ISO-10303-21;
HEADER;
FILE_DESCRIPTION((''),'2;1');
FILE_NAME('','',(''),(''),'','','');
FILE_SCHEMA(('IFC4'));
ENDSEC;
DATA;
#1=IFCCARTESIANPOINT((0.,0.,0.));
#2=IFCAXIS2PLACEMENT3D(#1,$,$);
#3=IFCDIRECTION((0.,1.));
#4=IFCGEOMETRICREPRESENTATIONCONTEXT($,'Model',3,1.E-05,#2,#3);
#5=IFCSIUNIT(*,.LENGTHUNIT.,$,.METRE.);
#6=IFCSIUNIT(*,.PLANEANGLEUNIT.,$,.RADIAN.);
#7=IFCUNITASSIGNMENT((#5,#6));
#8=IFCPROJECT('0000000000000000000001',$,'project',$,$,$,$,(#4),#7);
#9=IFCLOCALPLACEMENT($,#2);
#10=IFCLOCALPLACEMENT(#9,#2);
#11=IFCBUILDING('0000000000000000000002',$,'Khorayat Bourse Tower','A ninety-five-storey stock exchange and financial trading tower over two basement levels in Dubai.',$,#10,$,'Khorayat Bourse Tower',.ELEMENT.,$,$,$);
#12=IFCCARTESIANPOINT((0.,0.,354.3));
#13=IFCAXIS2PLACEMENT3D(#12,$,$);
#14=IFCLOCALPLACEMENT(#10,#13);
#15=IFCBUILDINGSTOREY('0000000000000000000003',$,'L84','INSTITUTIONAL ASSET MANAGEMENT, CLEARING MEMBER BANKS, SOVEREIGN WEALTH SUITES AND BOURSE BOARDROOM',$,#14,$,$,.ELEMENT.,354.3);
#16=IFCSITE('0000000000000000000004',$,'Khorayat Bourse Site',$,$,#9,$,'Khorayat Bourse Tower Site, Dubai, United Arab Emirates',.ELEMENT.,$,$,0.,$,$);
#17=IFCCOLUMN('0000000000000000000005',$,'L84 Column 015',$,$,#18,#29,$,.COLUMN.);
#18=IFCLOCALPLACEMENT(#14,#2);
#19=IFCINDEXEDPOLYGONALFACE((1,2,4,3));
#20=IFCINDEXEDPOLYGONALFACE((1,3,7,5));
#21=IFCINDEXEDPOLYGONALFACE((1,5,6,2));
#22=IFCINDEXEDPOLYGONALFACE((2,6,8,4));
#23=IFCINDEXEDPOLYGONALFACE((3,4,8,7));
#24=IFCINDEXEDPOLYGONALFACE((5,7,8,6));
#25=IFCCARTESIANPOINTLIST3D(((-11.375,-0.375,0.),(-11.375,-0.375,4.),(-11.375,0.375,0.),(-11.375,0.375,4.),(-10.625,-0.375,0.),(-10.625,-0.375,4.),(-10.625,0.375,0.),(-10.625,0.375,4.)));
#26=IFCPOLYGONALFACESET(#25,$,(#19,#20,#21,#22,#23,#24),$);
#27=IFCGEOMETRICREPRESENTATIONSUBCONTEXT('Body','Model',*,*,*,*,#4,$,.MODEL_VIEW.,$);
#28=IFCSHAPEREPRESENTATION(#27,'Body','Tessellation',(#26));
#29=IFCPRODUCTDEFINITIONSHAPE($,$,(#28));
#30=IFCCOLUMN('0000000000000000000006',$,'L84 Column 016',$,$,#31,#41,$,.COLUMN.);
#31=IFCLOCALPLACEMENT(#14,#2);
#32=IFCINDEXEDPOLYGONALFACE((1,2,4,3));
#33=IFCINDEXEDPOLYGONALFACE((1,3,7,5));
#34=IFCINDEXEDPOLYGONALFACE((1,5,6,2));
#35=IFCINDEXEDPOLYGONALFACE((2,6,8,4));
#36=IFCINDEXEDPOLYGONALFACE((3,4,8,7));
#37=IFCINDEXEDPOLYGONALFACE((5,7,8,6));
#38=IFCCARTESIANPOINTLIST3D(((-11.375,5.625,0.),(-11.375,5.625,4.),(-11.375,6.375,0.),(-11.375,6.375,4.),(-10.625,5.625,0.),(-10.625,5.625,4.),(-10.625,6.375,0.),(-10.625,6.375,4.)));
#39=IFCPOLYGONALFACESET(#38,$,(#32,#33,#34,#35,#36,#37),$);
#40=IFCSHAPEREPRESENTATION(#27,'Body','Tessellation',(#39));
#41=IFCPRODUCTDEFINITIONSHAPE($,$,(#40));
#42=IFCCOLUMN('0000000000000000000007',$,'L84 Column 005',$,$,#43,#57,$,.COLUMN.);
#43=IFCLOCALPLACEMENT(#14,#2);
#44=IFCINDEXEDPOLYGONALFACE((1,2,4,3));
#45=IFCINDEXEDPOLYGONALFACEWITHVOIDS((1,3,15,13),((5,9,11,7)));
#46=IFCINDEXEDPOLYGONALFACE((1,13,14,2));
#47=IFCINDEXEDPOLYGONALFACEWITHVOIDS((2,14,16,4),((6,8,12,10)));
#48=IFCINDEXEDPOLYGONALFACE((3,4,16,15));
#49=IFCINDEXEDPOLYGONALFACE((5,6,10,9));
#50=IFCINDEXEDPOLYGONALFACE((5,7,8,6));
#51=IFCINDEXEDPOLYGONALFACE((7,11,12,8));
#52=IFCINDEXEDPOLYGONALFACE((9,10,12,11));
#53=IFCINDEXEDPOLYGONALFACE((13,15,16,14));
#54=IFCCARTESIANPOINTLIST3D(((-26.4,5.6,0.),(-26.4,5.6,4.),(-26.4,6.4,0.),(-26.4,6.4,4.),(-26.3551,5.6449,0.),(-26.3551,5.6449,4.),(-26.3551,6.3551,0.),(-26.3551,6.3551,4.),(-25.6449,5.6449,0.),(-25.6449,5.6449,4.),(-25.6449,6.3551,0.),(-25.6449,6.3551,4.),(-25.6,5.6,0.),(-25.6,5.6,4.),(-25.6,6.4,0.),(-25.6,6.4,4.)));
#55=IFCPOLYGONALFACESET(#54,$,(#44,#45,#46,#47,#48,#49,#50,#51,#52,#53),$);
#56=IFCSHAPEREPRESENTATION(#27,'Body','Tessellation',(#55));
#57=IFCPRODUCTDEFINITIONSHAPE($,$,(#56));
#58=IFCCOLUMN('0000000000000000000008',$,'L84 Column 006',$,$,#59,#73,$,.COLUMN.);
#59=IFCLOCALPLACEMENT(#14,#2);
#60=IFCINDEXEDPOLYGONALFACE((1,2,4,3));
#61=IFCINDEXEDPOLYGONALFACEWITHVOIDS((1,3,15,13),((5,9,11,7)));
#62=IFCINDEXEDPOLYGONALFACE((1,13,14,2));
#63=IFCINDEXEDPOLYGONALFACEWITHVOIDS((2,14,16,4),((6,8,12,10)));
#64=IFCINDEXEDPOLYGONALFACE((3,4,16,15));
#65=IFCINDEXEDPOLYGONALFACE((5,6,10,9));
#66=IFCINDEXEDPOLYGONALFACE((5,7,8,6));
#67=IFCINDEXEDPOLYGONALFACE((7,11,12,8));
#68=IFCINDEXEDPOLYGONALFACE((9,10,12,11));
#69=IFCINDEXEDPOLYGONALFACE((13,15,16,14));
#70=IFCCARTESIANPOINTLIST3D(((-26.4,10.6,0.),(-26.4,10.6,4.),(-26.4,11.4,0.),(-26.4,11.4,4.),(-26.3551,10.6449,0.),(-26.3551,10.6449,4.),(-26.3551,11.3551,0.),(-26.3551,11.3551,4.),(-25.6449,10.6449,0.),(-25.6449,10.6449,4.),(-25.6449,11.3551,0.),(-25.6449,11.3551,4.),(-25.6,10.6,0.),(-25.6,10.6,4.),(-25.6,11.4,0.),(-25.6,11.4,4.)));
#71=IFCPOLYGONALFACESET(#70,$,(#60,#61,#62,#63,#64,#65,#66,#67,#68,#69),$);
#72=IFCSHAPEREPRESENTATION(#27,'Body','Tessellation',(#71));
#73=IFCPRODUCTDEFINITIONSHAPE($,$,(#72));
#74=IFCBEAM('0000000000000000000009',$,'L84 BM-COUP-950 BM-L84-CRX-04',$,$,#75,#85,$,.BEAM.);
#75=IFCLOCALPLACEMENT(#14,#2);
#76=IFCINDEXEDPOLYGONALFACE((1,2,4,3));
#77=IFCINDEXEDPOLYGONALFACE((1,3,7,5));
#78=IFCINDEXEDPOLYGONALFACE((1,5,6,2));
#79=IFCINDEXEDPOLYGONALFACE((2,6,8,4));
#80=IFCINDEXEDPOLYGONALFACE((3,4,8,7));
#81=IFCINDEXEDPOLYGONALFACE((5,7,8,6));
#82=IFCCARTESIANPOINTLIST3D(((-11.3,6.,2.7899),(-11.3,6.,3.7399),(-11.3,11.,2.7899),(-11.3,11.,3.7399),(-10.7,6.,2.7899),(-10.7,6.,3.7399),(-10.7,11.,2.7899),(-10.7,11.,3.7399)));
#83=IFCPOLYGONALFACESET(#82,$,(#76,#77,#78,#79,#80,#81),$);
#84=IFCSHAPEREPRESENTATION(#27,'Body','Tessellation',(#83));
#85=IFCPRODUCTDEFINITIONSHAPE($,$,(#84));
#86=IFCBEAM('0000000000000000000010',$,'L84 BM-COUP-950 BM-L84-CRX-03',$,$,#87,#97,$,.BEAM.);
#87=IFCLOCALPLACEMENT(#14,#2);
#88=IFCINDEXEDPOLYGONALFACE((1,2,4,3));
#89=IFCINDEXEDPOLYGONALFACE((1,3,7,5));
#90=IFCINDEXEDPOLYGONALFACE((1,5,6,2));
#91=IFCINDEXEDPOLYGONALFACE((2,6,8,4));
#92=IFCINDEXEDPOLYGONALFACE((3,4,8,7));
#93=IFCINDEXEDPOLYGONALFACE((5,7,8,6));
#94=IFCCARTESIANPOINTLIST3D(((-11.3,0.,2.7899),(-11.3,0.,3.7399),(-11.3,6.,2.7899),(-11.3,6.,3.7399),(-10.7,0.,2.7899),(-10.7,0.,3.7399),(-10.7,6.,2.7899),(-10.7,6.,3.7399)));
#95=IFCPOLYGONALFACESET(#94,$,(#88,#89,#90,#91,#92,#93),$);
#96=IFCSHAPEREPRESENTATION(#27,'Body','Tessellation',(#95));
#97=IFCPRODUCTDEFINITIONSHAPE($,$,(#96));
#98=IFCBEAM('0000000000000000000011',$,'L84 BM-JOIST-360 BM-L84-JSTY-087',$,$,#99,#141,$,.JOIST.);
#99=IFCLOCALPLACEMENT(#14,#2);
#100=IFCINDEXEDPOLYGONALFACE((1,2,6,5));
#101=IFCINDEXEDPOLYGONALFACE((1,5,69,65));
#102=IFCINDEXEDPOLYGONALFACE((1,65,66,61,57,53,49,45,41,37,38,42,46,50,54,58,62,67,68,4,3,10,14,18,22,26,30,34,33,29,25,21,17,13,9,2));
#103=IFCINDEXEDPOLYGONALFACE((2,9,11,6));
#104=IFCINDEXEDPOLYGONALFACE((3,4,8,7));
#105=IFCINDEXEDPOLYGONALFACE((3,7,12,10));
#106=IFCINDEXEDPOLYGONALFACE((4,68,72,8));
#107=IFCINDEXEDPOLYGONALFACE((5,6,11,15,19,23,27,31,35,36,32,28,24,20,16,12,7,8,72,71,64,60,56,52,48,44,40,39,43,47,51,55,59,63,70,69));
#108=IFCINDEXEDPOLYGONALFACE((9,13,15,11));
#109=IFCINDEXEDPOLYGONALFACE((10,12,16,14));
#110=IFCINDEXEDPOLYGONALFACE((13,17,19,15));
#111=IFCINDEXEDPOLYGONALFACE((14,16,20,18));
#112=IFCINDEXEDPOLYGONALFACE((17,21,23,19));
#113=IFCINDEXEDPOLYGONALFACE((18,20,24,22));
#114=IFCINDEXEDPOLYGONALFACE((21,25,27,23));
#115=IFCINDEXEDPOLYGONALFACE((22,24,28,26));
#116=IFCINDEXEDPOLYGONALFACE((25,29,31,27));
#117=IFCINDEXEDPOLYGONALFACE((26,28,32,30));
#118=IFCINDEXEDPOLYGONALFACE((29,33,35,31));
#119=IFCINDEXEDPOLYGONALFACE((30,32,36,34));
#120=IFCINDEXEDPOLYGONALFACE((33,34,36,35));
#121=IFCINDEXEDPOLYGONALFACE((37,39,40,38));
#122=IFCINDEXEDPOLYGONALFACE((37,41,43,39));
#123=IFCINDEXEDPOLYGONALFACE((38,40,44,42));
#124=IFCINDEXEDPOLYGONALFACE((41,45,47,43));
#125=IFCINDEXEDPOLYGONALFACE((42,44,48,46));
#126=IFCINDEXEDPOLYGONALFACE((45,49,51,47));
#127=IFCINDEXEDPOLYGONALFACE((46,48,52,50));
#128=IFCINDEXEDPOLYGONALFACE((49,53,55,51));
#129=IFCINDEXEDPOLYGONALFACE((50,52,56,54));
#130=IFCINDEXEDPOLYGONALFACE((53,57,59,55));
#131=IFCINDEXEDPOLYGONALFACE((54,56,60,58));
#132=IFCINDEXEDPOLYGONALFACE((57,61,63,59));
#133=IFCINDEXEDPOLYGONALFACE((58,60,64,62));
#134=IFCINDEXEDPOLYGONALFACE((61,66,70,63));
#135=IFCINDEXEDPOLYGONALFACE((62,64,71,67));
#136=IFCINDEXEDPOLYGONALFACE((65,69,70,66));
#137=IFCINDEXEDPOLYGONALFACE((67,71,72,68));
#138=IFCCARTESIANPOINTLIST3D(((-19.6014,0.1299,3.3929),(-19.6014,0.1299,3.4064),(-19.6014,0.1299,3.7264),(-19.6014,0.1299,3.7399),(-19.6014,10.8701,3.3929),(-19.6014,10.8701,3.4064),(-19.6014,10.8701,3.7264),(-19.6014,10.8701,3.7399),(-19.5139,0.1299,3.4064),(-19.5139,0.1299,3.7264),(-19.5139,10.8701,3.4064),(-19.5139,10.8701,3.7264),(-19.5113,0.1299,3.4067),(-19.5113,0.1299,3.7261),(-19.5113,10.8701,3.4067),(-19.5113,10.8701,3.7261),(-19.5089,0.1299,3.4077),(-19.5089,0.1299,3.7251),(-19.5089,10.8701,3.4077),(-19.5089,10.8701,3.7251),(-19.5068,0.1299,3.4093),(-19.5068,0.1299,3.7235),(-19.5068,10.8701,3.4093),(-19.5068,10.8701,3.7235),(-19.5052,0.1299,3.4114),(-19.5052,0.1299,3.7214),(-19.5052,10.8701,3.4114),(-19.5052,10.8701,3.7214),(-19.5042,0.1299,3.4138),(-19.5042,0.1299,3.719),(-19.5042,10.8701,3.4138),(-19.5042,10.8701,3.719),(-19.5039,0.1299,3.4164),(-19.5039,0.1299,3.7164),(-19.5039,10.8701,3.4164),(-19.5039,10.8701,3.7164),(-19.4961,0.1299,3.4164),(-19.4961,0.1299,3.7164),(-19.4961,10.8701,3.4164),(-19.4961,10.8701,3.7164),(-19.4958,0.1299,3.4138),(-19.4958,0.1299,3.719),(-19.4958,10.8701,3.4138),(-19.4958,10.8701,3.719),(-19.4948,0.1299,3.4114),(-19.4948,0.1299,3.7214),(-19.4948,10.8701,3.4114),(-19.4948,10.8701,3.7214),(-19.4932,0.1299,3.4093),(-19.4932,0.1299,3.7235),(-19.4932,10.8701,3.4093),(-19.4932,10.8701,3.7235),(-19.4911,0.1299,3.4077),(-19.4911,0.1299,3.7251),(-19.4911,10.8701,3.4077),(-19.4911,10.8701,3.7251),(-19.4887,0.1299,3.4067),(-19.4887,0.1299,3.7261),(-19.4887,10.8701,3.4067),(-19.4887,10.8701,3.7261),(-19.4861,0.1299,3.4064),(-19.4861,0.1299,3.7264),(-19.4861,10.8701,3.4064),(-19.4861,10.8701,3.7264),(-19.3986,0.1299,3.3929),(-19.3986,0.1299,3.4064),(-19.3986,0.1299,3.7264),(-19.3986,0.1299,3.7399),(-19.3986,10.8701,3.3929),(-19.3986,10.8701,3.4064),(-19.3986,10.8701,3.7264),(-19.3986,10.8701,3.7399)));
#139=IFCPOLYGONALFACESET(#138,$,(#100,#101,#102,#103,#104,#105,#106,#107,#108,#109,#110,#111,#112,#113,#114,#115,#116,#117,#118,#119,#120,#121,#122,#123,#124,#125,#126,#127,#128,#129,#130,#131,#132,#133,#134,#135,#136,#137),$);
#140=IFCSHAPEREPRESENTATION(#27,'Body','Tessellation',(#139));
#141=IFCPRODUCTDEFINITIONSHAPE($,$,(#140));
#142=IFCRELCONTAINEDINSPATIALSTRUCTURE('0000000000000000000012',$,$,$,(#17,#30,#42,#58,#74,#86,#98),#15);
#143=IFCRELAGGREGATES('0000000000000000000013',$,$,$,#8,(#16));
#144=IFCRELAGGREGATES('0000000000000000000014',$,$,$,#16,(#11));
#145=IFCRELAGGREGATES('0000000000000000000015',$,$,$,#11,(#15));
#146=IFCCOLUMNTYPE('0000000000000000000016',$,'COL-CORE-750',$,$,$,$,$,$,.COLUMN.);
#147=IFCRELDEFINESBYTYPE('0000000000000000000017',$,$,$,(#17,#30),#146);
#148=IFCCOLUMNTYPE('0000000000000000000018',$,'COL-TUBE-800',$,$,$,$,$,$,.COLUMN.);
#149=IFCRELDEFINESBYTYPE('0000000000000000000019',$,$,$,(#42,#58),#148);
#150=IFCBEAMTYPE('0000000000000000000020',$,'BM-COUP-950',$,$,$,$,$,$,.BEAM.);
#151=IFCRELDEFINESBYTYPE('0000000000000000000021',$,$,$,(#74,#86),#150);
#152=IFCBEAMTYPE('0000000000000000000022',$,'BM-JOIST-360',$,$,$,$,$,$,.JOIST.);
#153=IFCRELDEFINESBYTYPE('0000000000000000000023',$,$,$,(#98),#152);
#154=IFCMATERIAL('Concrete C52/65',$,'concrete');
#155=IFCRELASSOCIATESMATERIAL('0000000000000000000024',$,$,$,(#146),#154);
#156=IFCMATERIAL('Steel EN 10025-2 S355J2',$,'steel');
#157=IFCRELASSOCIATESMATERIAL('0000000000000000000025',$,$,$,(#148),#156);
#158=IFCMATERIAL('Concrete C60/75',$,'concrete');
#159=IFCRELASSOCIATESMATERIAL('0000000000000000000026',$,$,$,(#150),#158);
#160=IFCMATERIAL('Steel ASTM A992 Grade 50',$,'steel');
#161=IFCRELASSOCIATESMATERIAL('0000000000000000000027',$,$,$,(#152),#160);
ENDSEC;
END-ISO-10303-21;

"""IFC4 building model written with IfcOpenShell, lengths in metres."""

from ifc_helpers import new_model, si_unit, direction, frame, origin, origin_2d, place, context, subcontext, project, spatial, rectangle, hollow_rectangle, i_section, extrude, source, transform, mapped, material, material_profile, profile_set, type_object, element, save


model = new_model("IFC4")

# Units and contexts
model_context = context("Model", 3, precision=1e-05, world=origin(), true_north=direction((0.0, 1.0)))
body_context = subcontext(model_context, "Body", "Model", "MODEL_VIEW")
ifc_project = project(units=[si_unit("LENGTHUNIT", "METRE"), si_unit("PLANEANGLEUNIT", "RADIAN")], contexts=[model_context])

# Site, building, storey
site_placement = place(None, origin())
site = spatial("IfcSite", under=ifc_project, at=site_placement, Name="Khorayat Bourse Site", LongName="Khorayat Bourse Tower Site, Dubai, United Arab Emirates", CompositionType="ELEMENT", RefElevation=0.0)
building_placement = place(site_placement, origin())
building = spatial("IfcBuilding", under=site, at=building_placement, Name="Khorayat Bourse Tower", Description="A ninety-five-storey stock exchange and financial trading tower over two basement levels in Dubai.", LongName="Khorayat Bourse Tower", CompositionType="ELEMENT")
storey_placement = place(building_placement, frame((0.0, 0.0, 354.3)))
storey = spatial("IfcBuildingStorey", under=building, at=storey_placement, Name="L84", Description="INSTITUTIONAL ASSET MANAGEMENT, CLEARING MEMBER BANKS, SOVEREIGN WEALTH SUITES AND BOURSE BOARDROOM", CompositionType="ELEMENT", Elevation=354.3)

# Columns
ifc_material_1 = material(Name="Concrete C52/65", Category="concrete")
ifc_material_profile_1 = material_profile(ifc_material_1, rectangle(XDim=0.75, YDim=0.75, at=origin_2d()), Name="RC 750x750")
ifc_profile_set_1 = profile_set([ifc_material_profile_1], Name="Concrete C52/65")
column_type_1 = type_object("IfcColumnType", Name="COL-CORE-750", PredefinedType="COLUMN", material=ifc_profile_set_1)
shared_shape_1 = source(origin(), body_context, "Body", "SweptSolid", [
    extrude(rectangle(XDim=0.75, YDim=0.75, at=origin_2d()), origin(), (0.0, 0.0, 1.0), 4.0),
])
for number, where, z_axis, x_axis, name in (
    (1, (-11.0, 0.0, 0.0), (0.0, 0.0, 1.0), (1.0, 0.0, 0.0), "L84 Column 015"),
    (2, (-11.0, 6.0, 0.0), (0.0, 0.0, 1.0), (1.0, 0.0, 0.0), "L84 Column 016"),
):
    element("IfcColumn", number, at=place(storey_placement, frame(where, z_axis=z_axis, x_axis=x_axis)), inside=storey, type_object=column_type_1, Name=name, PredefinedType="COLUMN", context=body_context, shape_type="MappedRepresentation", body=[
        mapped(shared_shape_1, transform((0.0, 0.0, 0.0), scale=1.0)),
    ])
ifc_material_2 = material(Name="Steel EN 10025-2 S355J2", Category="steel")
ifc_material_profile_2 = material_profile(ifc_material_2, hollow_rectangle(XDim=0.8, YDim=0.8, WallThickness=0.0449, at=origin_2d()), Name="BOX 800x800x45")
ifc_profile_set_2 = profile_set([ifc_material_profile_2], Name="Steel EN 10025-2 S355J2")
column_type_2 = type_object("IfcColumnType", Name="COL-TUBE-800", PredefinedType="COLUMN", material=ifc_profile_set_2)
shared_shape_2 = source(origin(), body_context, "Body", "SweptSolid", [
    extrude(hollow_rectangle(XDim=0.8, YDim=0.8, WallThickness=0.0449, at=origin_2d()), origin(), (0.0, 0.0, 1.0), 4.0),
])
for number, where, z_axis, x_axis, name in (
    (3, (-26.0, 6.0, 0.0), (0.0, 0.0, 1.0), (1.0, 0.0, 0.0), "L84 Column 005"),
    (4, (-26.0, 11.0, 0.0), (0.0, 0.0, 1.0), (1.0, 0.0, 0.0), "L84 Column 006"),
):
    element("IfcColumn", number, at=place(storey_placement, frame(where, z_axis=z_axis, x_axis=x_axis)), inside=storey, type_object=column_type_2, Name=name, PredefinedType="COLUMN", context=body_context, shape_type="MappedRepresentation", body=[
        mapped(shared_shape_2, transform((0.0, 0.0, 0.0), scale=1.0)),
    ])

# Beams
ifc_material_3 = material(Name="Concrete C60/75", Category="concrete")
ifc_material_profile_3 = material_profile(ifc_material_3, rectangle(XDim=0.6001, YDim=0.95, at=origin_2d()), Name="RC 600x950")
ifc_profile_set_3 = profile_set([ifc_material_profile_3], Name="Concrete C60/75")
beam_type_1 = type_object("IfcBeamType", Name="BM-COUP-950", PredefinedType="BEAM", material=ifc_profile_set_3)
shared_shape_3 = source(origin(), body_context, "Body", "SweptSolid", [
    extrude(rectangle(XDim=0.6001, YDim=0.95, at=origin_2d()), origin(), (0.0, 0.0, 1.0), 5.0),
])
beam_1_placement = place(storey_placement, frame((-11.0, 6.0, 3.2649), z_axis=(0.0, 1.0, 0.0), x_axis=(-1.0, 0.0, 0.0)))
element("IfcBeam", 5, at=beam_1_placement, inside=storey, type_object=beam_type_1, Name="L84 BM-COUP-950 BM-L84-CRX-04", PredefinedType="BEAM", context=body_context, shape_type="MappedRepresentation", body=[
    mapped(shared_shape_3, transform((0.0, 0.0, 0.0), scale=1.0)),
])
shared_shape_4 = source(origin(), body_context, "Body", "SweptSolid", [
    extrude(rectangle(XDim=0.6001, YDim=0.95, at=origin_2d()), origin(), (0.0, 0.0, 1.0), 6.0),
])
beam_2_placement = place(storey_placement, frame((-11.0, 0.0, 3.2649), z_axis=(0.0, 1.0, 0.0), x_axis=(-1.0, 0.0, 0.0)))
element("IfcBeam", 6, at=beam_2_placement, inside=storey, type_object=beam_type_1, Name="L84 BM-COUP-950 BM-L84-CRX-03", PredefinedType="BEAM", context=body_context, shape_type="MappedRepresentation", body=[
    mapped(shared_shape_4, transform((0.0, 0.0, 0.0), scale=1.0)),
])
ifc_material_4 = material(Name="Steel ASTM A992 Grade 50", Category="steel")
ifc_material_profile_4 = material_profile(ifc_material_4, i_section(OverallWidth=0.2029, OverallDepth=0.3469, WebThickness=0.0078, FlangeThickness=0.0134, FilletRadius=0.01, at=origin_2d()), Name="W360X64")
ifc_profile_set_4 = profile_set([ifc_material_profile_4], Name="Steel ASTM A992 Grade 50")
beam_type_2 = type_object("IfcBeamType", Name="BM-JOIST-360", PredefinedType="JOIST", material=ifc_profile_set_4)
shared_shape_5 = source(origin(), body_context, "Body", "SweptSolid", [
    extrude(i_section(OverallWidth=0.2029, OverallDepth=0.3469, WebThickness=0.0078, FlangeThickness=0.0134, FilletRadius=0.01, at=origin_2d()), origin(), (0.0, 0.0, 1.0), 10.7402),
])
beam_3_placement = place(storey_placement, frame((-19.5, 0.1299, 3.5664), z_axis=(0.0, 1.0, 0.0), x_axis=(-1.0, 0.0, 0.0)))
element("IfcBeam", 7, at=beam_3_placement, inside=storey, type_object=beam_type_2, Name="L84 BM-JOIST-360 BM-L84-JSTY-087", PredefinedType="JOIST", context=body_context, shape_type="MappedRepresentation", body=[
    mapped(shared_shape_5, transform((0.0, 0.0, 0.0), scale=1.0)),
])

save(model, "model.ifc")
